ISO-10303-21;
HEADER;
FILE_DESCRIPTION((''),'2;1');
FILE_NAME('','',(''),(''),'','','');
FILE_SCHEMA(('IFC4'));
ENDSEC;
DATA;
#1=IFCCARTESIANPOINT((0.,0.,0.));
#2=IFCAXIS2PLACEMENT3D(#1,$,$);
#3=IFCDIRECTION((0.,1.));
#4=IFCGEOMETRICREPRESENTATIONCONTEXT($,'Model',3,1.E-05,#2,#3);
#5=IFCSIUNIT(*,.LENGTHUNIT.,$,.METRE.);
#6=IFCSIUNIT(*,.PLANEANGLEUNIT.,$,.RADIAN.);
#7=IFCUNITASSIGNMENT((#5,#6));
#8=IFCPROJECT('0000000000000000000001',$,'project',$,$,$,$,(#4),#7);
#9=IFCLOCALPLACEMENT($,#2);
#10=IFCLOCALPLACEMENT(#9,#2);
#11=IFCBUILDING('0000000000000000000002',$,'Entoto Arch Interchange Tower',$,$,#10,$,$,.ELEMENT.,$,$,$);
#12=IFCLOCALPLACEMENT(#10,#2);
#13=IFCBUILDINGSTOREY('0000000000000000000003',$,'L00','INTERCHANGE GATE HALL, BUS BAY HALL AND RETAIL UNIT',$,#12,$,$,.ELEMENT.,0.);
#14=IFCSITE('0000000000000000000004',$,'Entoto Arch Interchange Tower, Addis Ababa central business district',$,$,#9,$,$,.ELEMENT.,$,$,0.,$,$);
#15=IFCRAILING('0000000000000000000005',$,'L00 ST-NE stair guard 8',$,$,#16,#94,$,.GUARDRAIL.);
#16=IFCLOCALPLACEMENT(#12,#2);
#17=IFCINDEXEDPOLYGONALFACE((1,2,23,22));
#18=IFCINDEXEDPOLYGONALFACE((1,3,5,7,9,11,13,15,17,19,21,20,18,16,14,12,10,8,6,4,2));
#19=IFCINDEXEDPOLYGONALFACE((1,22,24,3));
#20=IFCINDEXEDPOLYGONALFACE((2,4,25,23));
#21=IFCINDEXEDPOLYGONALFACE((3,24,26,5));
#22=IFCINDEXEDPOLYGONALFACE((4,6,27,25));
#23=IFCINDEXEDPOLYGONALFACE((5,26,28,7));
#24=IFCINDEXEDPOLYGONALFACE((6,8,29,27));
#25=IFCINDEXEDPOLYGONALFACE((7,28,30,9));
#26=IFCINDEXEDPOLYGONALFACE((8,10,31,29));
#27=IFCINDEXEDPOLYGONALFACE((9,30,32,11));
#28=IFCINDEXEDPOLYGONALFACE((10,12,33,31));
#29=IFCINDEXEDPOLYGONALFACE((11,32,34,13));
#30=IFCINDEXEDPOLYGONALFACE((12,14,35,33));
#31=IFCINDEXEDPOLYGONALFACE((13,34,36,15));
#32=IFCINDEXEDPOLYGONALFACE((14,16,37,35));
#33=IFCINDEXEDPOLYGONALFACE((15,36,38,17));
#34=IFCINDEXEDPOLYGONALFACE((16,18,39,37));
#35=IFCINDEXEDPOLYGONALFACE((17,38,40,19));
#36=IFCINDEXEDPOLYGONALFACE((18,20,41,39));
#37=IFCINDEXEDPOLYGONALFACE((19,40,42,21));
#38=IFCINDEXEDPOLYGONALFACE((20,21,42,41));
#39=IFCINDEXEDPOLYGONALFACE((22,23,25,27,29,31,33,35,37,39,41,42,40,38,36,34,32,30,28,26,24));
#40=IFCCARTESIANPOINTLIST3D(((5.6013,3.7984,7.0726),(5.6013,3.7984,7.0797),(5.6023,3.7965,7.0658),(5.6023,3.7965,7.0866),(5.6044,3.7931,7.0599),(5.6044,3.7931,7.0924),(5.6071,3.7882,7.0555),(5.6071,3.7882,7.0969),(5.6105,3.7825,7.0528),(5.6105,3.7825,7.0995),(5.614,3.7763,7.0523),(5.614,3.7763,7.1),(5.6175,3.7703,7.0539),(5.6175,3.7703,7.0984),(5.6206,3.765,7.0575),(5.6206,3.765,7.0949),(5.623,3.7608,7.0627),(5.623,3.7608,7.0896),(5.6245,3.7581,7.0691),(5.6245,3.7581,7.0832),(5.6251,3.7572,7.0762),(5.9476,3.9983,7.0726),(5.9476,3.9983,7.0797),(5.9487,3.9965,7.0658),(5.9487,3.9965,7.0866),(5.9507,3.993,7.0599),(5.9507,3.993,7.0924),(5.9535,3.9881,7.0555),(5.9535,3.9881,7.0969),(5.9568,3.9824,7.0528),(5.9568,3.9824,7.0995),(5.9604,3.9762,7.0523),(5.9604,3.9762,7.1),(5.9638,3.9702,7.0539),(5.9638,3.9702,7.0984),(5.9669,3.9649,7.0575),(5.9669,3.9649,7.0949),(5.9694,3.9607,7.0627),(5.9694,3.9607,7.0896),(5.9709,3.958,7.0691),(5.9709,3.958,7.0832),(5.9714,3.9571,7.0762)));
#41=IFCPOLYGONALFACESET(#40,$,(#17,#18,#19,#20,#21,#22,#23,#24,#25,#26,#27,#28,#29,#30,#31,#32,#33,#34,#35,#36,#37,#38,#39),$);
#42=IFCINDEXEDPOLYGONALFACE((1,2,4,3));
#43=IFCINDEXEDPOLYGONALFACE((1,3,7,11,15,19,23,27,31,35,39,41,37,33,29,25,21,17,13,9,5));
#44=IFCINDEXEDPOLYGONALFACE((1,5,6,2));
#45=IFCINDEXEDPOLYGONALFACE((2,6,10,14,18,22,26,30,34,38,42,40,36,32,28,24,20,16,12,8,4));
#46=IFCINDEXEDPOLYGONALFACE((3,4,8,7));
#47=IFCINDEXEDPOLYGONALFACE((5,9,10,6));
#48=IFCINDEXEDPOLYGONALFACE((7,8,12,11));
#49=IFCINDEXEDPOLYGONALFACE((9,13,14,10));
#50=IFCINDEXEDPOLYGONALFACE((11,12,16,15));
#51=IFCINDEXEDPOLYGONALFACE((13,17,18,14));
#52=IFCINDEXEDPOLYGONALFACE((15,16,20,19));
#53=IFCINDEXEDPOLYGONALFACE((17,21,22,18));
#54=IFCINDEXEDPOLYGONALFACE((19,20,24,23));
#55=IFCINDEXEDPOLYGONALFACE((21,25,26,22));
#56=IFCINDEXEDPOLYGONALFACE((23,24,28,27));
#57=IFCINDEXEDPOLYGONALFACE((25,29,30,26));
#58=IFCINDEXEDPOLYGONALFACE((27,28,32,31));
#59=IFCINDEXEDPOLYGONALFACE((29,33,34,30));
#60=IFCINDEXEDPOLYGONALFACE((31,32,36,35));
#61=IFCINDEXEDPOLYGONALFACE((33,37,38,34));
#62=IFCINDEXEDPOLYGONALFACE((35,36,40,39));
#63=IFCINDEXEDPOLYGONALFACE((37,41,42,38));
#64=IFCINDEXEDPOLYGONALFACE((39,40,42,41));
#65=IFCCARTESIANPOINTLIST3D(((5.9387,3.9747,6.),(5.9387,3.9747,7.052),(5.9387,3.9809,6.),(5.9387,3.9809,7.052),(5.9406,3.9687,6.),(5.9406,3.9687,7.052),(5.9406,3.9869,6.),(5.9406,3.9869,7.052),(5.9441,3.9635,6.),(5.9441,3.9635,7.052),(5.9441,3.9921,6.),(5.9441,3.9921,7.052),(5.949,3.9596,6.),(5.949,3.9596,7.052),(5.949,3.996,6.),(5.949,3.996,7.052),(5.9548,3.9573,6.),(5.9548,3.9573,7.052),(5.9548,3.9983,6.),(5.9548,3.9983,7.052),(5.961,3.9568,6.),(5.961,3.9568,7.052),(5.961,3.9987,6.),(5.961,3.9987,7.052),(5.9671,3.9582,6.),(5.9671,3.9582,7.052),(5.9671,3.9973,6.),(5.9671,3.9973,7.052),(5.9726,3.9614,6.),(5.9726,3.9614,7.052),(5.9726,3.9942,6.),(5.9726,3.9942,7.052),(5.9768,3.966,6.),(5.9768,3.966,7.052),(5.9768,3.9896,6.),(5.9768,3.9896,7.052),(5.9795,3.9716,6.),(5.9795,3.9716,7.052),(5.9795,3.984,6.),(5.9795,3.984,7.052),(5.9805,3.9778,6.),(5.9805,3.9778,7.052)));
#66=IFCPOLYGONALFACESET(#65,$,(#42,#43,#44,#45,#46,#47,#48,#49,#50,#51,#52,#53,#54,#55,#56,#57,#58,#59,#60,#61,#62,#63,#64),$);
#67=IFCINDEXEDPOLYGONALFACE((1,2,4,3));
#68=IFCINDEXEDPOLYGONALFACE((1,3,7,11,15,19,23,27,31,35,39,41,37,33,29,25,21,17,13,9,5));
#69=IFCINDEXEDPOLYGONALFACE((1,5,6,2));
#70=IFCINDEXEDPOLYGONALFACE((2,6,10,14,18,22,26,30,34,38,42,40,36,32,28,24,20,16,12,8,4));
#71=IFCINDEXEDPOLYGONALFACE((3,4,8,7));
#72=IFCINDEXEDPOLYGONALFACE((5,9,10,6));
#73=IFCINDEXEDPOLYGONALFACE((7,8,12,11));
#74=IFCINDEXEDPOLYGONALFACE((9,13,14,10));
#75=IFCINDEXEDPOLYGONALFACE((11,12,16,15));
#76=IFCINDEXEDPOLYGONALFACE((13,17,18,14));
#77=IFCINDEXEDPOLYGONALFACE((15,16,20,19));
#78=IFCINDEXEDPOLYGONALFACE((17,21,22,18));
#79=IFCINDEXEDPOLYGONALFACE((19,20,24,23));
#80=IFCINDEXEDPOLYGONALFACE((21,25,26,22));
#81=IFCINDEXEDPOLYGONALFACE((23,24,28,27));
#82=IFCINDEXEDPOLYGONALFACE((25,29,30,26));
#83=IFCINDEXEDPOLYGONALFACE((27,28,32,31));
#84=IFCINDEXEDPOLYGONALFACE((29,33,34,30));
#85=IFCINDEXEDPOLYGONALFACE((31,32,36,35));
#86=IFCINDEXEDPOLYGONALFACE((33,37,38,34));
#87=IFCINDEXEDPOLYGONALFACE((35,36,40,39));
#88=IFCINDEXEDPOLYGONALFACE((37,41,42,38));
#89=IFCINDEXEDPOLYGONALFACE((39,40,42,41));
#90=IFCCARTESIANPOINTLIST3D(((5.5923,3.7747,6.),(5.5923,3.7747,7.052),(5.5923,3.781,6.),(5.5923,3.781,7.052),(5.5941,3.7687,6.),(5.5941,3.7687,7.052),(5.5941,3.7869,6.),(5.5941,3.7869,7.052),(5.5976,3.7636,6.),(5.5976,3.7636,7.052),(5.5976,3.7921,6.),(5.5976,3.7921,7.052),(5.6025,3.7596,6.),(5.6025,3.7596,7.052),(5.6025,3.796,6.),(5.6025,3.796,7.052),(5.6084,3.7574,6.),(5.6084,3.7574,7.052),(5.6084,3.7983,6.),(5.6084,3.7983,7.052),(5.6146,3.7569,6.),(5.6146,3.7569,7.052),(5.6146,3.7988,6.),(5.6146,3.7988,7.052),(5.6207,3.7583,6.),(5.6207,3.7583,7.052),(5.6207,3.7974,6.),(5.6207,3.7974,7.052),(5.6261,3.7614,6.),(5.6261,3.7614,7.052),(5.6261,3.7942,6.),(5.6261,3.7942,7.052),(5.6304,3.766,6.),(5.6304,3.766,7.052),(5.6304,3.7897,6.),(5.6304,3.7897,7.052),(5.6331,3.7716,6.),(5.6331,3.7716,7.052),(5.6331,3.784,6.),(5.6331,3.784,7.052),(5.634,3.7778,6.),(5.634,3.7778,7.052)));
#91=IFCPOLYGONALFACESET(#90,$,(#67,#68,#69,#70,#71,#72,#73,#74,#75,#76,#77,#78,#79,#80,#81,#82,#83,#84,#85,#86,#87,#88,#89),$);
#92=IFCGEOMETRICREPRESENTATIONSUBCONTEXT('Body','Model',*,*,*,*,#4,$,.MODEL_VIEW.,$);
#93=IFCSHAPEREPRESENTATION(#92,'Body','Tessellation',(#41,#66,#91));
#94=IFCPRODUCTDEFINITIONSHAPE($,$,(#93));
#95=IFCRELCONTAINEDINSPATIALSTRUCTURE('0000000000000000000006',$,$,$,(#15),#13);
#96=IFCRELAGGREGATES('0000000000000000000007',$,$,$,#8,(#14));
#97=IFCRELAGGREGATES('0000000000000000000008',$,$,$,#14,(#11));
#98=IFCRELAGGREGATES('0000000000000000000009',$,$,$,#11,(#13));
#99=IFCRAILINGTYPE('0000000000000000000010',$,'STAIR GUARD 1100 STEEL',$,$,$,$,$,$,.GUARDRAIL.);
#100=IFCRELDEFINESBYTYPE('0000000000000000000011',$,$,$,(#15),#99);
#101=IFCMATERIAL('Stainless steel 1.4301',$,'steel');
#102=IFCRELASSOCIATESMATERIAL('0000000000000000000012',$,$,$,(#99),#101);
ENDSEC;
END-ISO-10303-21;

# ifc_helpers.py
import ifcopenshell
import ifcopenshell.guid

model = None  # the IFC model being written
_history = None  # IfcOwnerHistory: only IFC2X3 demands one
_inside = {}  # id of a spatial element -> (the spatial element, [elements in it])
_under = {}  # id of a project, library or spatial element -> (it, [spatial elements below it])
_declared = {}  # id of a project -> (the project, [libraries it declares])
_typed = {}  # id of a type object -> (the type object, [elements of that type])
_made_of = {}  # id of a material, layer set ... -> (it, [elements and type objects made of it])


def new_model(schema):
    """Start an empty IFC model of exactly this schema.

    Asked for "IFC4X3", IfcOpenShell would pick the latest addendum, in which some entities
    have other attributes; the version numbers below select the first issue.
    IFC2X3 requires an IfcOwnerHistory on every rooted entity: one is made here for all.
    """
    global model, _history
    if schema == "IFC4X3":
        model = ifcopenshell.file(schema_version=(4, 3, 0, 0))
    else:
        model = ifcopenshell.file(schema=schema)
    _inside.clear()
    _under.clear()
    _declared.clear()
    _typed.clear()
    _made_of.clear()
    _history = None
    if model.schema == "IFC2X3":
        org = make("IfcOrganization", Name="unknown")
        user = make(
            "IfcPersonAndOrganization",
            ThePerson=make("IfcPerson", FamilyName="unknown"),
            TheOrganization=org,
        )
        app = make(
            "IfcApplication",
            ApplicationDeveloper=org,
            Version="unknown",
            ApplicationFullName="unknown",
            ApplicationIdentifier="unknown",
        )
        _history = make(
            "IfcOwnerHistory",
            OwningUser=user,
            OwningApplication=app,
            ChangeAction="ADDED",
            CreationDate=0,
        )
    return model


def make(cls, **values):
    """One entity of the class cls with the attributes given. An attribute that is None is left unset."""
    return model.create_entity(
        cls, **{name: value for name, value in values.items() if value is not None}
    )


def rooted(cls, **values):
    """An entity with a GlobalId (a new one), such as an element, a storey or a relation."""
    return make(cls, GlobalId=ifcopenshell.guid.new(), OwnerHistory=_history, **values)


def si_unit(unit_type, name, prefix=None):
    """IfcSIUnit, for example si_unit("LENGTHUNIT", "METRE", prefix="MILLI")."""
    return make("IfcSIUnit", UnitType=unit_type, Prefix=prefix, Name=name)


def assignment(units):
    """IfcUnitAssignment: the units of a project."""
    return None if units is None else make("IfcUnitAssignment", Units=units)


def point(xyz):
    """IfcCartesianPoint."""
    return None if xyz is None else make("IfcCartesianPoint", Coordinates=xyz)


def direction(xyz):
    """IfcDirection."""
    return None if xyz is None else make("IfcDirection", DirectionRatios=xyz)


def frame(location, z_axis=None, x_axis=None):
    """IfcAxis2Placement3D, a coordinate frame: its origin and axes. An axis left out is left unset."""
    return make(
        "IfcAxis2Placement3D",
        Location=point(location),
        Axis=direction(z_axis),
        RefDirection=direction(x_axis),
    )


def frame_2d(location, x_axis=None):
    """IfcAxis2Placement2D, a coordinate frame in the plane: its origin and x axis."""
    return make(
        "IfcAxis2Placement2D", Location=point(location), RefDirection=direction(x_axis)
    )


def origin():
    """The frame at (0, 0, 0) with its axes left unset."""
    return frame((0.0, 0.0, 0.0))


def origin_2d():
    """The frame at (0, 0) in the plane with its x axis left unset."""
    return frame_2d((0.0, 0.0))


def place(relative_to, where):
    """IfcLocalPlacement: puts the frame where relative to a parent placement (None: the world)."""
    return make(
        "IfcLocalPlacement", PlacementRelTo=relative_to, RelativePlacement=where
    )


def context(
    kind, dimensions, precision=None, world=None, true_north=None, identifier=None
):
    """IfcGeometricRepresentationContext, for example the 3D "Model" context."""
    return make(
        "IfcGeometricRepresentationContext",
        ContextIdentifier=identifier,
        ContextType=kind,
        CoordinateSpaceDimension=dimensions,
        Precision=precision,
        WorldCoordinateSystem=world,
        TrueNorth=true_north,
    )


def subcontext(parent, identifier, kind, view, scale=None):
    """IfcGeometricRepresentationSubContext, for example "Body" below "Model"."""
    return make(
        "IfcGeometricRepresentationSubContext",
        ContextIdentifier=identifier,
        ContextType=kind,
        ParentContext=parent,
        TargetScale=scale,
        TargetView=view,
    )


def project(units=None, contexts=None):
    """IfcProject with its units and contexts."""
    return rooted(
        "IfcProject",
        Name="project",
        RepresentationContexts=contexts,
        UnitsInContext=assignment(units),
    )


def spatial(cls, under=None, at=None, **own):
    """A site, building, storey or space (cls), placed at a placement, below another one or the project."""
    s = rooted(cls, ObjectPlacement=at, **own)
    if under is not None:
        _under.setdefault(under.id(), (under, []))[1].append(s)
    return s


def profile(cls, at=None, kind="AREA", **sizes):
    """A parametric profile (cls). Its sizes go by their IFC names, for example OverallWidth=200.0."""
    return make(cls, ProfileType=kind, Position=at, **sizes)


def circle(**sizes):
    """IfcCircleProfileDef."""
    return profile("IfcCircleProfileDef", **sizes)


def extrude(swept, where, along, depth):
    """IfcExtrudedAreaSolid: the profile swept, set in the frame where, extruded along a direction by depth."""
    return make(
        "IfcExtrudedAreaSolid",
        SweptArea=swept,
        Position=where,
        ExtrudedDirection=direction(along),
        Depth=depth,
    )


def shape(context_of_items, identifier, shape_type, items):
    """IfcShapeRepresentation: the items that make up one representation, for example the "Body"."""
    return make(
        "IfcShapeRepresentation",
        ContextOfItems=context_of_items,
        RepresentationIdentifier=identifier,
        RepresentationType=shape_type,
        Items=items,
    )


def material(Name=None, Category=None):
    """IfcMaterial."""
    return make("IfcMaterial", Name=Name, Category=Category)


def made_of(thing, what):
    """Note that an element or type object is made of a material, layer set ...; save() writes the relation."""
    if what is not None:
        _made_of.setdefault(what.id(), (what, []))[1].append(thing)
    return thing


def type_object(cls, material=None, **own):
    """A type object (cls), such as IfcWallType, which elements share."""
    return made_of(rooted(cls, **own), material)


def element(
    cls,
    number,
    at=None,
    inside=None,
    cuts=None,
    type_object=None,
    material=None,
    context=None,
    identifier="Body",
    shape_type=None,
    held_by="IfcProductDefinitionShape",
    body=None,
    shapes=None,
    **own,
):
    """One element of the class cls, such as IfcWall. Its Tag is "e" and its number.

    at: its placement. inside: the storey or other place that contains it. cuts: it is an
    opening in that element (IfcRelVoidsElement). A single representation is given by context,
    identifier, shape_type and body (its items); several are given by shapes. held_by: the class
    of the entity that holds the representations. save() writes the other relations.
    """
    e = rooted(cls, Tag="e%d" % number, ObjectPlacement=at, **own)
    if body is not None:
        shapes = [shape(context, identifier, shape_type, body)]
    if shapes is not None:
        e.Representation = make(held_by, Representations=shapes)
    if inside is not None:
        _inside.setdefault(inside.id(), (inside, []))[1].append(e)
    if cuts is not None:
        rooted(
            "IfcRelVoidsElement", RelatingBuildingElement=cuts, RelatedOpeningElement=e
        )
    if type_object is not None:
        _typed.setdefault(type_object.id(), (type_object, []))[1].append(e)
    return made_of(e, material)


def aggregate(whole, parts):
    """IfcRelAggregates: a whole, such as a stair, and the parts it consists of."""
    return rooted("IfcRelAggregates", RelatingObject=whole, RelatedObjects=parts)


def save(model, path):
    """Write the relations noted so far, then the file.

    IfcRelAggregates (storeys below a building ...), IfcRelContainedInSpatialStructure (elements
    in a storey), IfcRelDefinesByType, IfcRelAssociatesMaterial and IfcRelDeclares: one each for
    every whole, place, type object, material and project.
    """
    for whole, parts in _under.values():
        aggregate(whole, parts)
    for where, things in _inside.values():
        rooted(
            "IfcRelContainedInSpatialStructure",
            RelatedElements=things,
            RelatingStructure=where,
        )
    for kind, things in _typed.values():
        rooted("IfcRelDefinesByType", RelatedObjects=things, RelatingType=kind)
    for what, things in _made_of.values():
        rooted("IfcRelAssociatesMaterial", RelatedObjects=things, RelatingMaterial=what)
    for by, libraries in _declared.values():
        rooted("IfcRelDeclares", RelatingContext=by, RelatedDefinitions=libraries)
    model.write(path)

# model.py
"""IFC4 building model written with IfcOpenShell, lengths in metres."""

from ifc_helpers import new_model, si_unit, direction, frame, origin, origin_2d, place, context, subcontext, project, spatial, circle, extrude, material, type_object, element, save


model = new_model("IFC4")

# Units and contexts
model_context = context("Model", 3, precision=1e-05, world=origin(), true_north=direction((0.0, 1.0)))
body_context = subcontext(model_context, "Body", "Model", "MODEL_VIEW")
ifc_project = project(units=[si_unit("LENGTHUNIT", "METRE"), si_unit("PLANEANGLEUNIT", "RADIAN")], contexts=[model_context])

# Site, building, storey
site_placement = place(None, origin())
site = spatial("IfcSite", under=ifc_project, at=site_placement, Name="Entoto Arch Interchange Tower, Addis Ababa central business district", CompositionType="ELEMENT", RefElevation=0.0)
building_placement = place(site_placement, origin())
building = spatial("IfcBuilding", under=site, at=building_placement, Name="Entoto Arch Interchange Tower", CompositionType="ELEMENT")
storey_placement = place(building_placement, origin())
storey = spatial("IfcBuildingStorey", under=building, at=storey_placement, Name="L00", Description="INTERCHANGE GATE HALL, BUS BAY HALL AND RETAIL UNIT", CompositionType="ELEMENT", Elevation=0.0)

# Railing
ifc_material_1 = material(Name="Stainless steel 1.4301", Category="steel")
railing_type_1 = type_object("IfcRailingType", Name="STAIR GUARD 1100 STEEL", PredefinedType="GUARDRAIL", material=ifc_material_1)
railing_1_placement = place(storey_placement, frame((5.9595, 3.9778, 6.0)))
element("IfcRailing", 1, at=railing_1_placement, inside=storey, type_object=railing_type_1, Name="L00 ST-NE stair guard 8", PredefinedType="GUARDRAIL", context=body_context, shape_type="SweptSolid", body=[
    extrude(circle(Radius=0.0239, at=origin_2d()), frame((0.0, 0.0, 1.0762), z_axis=(-0.866094, -0.499881, 0.0), x_axis=(0.499881, -0.866094, 0.0)), (0.0, 0.0, 1.0), 0.3999),
    extrude(circle(Radius=0.021, at=origin_2d()), origin(), (0.0, 0.0, 1.0), 1.052),
    extrude(circle(Radius=0.021, at=origin_2d()), frame((-0.3464, -0.2, 0.0)), (0.0, 0.0, 1.0), 1.052),
])

save(model, "model.ifc")
